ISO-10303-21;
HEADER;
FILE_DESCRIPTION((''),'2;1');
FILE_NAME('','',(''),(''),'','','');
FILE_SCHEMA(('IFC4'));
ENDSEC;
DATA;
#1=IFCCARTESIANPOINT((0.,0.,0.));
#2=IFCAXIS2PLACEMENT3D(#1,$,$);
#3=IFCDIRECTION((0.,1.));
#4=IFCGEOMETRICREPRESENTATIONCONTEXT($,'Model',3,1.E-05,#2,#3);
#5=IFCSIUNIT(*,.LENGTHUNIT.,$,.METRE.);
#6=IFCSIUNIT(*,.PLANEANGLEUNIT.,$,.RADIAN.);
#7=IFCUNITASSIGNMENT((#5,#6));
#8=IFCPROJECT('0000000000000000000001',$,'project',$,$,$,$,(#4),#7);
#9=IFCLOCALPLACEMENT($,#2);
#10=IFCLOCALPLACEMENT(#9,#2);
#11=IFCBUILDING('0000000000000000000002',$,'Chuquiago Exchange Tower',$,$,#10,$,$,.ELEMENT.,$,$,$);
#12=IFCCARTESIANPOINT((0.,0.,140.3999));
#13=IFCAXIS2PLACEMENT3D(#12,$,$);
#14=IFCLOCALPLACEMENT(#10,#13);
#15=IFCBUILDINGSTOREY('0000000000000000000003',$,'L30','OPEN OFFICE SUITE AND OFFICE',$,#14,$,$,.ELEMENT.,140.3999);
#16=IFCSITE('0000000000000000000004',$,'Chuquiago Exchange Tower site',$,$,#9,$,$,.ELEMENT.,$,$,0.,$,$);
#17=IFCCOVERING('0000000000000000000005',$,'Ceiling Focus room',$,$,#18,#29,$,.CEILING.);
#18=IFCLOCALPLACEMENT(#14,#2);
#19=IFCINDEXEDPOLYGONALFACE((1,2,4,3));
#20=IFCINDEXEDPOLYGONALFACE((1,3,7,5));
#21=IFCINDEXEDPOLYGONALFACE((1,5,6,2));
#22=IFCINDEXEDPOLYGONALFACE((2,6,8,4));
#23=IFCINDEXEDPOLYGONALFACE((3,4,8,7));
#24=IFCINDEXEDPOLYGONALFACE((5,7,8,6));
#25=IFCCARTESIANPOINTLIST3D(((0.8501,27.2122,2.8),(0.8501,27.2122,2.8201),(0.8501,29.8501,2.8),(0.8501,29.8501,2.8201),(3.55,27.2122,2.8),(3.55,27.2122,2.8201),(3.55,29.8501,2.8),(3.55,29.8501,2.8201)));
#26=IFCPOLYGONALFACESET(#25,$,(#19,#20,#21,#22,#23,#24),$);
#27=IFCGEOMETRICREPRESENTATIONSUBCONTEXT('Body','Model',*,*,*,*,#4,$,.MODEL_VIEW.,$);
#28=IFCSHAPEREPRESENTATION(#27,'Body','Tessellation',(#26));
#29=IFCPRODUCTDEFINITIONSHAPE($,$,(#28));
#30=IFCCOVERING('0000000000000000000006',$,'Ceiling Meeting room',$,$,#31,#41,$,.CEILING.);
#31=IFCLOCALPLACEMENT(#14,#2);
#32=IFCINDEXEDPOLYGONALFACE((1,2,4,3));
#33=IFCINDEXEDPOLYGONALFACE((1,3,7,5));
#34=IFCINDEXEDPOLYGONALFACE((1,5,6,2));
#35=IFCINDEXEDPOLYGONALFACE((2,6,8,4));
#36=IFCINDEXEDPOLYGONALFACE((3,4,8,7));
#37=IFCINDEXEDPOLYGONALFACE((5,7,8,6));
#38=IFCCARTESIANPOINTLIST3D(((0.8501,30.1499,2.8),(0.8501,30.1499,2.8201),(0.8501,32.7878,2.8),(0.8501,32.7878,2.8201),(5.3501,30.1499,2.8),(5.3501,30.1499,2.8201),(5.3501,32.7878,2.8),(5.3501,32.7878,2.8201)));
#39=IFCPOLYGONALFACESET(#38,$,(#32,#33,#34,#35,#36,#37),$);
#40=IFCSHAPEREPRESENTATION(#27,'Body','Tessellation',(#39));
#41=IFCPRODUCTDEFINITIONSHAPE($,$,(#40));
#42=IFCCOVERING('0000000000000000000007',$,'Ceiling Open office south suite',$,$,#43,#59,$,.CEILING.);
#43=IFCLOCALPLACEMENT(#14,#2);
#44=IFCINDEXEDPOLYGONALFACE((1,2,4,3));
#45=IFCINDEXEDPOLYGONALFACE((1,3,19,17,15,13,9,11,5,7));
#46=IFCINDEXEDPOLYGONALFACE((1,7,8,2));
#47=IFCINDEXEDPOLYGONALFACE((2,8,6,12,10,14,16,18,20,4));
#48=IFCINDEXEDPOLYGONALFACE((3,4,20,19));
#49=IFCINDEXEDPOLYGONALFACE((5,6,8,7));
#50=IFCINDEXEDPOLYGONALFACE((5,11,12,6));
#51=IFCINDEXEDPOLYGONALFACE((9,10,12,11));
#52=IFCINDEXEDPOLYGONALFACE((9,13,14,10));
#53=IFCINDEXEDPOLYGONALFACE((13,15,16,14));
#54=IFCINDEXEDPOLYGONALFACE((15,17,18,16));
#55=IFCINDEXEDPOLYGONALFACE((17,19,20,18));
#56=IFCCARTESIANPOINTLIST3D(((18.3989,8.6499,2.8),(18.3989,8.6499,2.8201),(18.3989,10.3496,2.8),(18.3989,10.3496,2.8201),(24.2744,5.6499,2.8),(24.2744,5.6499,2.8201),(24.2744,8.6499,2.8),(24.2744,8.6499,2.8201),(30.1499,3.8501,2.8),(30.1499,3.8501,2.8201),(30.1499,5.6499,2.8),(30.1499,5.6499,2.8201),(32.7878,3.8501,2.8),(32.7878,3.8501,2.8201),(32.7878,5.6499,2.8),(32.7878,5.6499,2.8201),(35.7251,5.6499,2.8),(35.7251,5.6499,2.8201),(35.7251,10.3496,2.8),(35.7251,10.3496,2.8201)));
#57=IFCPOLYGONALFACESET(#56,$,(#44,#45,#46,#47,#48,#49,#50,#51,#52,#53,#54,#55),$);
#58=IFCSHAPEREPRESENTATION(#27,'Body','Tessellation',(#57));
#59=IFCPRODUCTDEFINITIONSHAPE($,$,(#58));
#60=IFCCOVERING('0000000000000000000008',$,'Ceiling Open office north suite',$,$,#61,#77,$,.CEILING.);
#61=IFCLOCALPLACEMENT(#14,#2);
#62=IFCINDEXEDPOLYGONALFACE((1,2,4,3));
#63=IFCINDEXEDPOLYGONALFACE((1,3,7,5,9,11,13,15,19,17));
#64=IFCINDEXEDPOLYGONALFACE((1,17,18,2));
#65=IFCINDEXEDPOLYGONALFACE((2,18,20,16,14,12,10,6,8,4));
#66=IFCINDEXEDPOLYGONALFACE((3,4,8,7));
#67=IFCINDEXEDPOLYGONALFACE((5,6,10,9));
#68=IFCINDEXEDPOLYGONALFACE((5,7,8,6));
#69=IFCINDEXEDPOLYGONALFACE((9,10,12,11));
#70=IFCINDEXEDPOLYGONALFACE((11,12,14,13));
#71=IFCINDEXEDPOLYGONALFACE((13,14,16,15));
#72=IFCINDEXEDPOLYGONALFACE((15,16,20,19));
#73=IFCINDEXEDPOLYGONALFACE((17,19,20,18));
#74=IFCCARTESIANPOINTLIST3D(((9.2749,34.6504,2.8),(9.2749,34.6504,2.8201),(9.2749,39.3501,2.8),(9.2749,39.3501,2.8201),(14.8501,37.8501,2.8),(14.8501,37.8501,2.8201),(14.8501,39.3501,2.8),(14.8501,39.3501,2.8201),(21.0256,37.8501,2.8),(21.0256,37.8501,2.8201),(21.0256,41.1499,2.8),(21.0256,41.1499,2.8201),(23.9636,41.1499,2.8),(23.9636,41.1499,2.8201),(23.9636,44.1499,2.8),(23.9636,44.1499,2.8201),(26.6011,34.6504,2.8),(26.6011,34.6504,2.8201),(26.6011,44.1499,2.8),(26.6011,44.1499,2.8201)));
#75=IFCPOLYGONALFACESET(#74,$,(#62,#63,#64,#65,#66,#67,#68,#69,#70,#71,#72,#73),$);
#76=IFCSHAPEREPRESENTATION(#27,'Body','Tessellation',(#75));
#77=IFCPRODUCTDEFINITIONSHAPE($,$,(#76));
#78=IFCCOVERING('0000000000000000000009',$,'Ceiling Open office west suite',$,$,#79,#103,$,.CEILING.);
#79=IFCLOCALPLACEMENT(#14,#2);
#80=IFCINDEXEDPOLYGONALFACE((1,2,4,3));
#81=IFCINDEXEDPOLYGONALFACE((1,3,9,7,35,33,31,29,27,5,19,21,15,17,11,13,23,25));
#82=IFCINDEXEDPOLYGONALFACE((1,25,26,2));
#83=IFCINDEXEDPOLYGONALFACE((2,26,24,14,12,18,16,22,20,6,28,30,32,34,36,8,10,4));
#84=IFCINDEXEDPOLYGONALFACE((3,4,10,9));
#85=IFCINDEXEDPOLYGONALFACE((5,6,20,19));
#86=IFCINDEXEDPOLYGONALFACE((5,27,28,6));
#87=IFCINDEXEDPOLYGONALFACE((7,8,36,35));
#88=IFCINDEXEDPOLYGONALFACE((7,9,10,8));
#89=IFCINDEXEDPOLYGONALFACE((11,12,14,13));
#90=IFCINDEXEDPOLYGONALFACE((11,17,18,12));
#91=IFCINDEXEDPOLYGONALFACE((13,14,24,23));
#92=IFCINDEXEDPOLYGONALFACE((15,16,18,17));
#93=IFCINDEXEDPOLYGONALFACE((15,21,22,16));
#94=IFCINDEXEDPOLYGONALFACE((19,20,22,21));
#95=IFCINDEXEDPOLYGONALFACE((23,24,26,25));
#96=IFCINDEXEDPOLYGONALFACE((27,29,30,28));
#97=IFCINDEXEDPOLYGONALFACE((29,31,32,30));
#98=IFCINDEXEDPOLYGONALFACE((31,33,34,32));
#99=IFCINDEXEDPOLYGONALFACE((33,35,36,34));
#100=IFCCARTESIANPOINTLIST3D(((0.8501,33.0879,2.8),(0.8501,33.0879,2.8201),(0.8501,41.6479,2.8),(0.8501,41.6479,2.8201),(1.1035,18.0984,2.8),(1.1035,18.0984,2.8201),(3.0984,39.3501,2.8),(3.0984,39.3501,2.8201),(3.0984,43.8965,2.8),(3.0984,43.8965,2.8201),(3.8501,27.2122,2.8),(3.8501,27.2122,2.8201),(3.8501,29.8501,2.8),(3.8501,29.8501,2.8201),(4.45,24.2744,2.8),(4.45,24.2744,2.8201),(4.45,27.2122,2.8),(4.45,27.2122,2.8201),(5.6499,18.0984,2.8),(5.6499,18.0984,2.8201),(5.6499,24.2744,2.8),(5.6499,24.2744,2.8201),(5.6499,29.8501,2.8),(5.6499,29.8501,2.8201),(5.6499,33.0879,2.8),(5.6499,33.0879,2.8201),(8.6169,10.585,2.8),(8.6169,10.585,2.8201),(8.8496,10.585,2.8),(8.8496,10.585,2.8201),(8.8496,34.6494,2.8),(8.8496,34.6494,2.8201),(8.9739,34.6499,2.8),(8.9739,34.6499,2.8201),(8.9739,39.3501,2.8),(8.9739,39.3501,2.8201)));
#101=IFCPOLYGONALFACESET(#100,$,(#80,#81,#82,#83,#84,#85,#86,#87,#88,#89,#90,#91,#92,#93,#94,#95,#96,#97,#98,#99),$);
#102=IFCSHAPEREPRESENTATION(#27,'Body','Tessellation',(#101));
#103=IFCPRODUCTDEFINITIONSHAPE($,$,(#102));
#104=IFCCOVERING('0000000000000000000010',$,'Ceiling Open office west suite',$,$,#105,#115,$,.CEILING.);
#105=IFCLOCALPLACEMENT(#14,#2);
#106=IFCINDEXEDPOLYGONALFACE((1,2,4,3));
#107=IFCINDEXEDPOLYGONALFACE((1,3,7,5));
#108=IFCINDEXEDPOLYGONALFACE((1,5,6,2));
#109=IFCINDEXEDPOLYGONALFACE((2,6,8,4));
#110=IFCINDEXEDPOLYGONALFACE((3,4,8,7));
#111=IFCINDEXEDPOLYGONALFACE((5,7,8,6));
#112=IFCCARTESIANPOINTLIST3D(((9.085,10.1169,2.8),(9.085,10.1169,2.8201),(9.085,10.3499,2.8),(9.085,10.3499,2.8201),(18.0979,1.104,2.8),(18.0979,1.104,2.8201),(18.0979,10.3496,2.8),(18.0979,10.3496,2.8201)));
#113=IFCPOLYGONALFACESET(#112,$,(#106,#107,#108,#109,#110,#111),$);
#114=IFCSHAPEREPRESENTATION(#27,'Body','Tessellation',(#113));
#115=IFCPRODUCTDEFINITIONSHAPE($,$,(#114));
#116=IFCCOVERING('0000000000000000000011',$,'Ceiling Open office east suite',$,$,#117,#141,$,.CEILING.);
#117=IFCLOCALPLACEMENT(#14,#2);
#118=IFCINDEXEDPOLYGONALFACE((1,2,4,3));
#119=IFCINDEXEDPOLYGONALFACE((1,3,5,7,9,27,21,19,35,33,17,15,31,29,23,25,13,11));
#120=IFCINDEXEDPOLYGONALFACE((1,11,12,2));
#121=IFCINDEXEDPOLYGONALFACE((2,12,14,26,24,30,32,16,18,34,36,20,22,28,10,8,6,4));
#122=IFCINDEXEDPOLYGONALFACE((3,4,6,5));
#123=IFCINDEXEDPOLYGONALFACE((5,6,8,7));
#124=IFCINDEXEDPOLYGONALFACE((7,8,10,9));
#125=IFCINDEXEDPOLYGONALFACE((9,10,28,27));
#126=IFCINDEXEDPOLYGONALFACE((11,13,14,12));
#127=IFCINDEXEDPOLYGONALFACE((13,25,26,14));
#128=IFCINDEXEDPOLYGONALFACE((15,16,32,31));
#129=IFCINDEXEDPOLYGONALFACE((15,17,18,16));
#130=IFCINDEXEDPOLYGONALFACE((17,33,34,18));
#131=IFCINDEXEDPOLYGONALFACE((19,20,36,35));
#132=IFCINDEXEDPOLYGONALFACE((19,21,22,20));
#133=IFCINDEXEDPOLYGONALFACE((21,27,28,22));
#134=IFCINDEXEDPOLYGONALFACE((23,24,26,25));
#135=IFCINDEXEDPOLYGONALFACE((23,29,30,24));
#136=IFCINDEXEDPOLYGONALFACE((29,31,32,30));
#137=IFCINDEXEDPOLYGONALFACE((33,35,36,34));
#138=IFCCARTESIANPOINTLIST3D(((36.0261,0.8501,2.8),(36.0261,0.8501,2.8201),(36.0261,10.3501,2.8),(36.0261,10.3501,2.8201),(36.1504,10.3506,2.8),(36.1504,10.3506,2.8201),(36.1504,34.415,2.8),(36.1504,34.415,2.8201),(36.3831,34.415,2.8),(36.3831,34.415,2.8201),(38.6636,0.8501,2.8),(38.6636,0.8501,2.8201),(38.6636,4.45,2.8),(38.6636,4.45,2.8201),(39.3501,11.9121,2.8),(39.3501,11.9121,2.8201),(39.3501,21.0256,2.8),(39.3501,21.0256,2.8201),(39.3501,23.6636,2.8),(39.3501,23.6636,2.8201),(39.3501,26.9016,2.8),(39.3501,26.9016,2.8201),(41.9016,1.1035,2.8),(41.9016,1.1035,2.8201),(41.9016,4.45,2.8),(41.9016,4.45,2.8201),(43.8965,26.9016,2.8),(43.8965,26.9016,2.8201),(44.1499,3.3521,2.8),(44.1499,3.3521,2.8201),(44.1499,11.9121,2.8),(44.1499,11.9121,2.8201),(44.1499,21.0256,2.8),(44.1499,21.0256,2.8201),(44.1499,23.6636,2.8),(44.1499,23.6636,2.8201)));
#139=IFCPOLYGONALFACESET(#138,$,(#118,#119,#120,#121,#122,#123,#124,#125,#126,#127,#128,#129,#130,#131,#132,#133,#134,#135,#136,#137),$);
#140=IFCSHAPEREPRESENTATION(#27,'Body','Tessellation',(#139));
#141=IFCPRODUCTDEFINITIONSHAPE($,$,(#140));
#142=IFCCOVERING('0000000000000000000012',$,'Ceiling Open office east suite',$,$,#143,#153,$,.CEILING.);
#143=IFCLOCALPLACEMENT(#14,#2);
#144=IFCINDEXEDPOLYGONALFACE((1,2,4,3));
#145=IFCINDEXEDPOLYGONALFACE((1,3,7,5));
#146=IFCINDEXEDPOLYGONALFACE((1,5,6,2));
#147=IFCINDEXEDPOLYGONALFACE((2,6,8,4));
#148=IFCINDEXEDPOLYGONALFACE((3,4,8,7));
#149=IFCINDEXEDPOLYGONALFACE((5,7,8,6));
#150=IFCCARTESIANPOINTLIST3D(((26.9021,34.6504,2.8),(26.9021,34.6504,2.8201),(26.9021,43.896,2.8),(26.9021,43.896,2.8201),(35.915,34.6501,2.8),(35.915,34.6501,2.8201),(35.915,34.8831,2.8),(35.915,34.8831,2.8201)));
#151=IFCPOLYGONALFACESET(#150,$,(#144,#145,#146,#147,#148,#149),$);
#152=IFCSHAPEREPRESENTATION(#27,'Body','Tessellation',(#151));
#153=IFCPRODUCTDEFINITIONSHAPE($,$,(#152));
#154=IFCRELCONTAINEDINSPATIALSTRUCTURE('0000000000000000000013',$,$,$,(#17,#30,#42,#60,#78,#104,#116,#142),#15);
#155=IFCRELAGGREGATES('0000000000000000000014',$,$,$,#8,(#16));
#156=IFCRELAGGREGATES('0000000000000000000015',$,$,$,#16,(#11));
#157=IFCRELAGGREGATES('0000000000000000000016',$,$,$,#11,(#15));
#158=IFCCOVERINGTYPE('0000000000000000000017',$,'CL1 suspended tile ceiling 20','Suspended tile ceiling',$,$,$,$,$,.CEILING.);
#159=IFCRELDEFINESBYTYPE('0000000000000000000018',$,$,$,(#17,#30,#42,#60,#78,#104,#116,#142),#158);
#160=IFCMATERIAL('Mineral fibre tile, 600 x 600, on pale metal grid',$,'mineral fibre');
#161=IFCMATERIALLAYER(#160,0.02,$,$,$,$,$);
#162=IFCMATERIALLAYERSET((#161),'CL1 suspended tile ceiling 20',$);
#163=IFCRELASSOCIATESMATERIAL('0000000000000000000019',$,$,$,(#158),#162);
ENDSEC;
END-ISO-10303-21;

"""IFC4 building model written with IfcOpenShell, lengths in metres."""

from ifc_helpers import new_model, si_unit, direction, frame, origin, place, context, subcontext, project, spatial, polyline, outline, extrude, material, layer, layer_set, type_object, element, save


model = new_model("IFC4")

# Units and contexts
model_context = context("Model", 3, precision=1e-05, world=origin(), true_north=direction((0.0, 1.0)))
body_context = subcontext(model_context, "Body", "Model", "MODEL_VIEW")
ifc_project = project(units=[si_unit("LENGTHUNIT", "METRE"), si_unit("PLANEANGLEUNIT", "RADIAN")], contexts=[model_context])

# Site, building, storey
site_placement = place(None, origin())
site = spatial("IfcSite", under=ifc_project, at=site_placement, Name="Chuquiago Exchange Tower site", CompositionType="ELEMENT", RefElevation=0.0)
building_placement = place(site_placement, origin())
building = spatial("IfcBuilding", under=site, at=building_placement, Name="Chuquiago Exchange Tower", CompositionType="ELEMENT")
storey_placement = place(building_placement, frame((0.0, 0.0, 140.3999)))
storey = spatial("IfcBuildingStorey", under=building, at=storey_placement, Name="L30", Description="OPEN OFFICE SUITE AND OFFICE", CompositionType="ELEMENT", Elevation=140.3999)

# Coverings
ifc_material_1 = material(Name="Mineral fibre tile, 600 x 600, on pale metal grid", Category="mineral fibre")
ifc_layer_1 = layer(ifc_material_1, 0.02)
ifc_layer_set_1 = layer_set([ifc_layer_1], Name="CL1 suspended tile ceiling 20")
covering_type_1 = type_object("IfcCoveringType", Name="CL1 suspended tile ceiling 20", Description="Suspended tile ceiling", PredefinedType="CEILING", material=ifc_layer_set_1)
covering_1_placement = place(storey_placement, frame((0.0, 0.0, 2.8)))
element("IfcCovering", 1, at=covering_1_placement, inside=storey, type_object=covering_type_1, Name="Ceiling Focus room", PredefinedType="CEILING", context=body_context, shape_type="SweptSolid", body=[
    extrude(outline(polyline([(3.55, 29.8501), (3.55, 27.2122), (0.8501, 27.2122), (0.8501, 29.8501), (3.55, 29.8501)])), origin(), (0.0, 0.0, 1.0), 0.02),
])
covering_2_placement = place(storey_placement, frame((0.0, 0.0, 2.8)))
element("IfcCovering", 2, at=covering_2_placement, inside=storey, type_object=covering_type_1, Name="Ceiling Meeting room", PredefinedType="CEILING", context=body_context, shape_type="SweptSolid", body=[
    extrude(outline(polyline([(5.3501, 32.7878), (5.3501, 30.1499), (0.8501, 30.1499), (0.8501, 32.7878), (5.3501, 32.7878)])), origin(), (0.0, 0.0, 1.0), 0.02),
])
covering_3_placement = place(storey_placement, frame((0.0, 0.0, 2.8)))
element("IfcCovering", 3, at=covering_3_placement, inside=storey, type_object=covering_type_1, Name="Ceiling Open office south suite", PredefinedType="CEILING", context=body_context, shape_type="SweptSolid", body=[
    extrude(outline(polyline([(32.7878, 3.8501), (30.1499, 3.8501), (30.1499, 5.6499), (24.2744, 5.6499), (24.2744, 8.6499), (18.3989, 8.6499), (18.3989, 10.3496), (35.7251, 10.3496), (35.7251, 5.6499), (32.7878, 5.6499), (32.7878, 3.8501)])), origin(), (0.0, 0.0, 1.0), 0.02),
])
covering_4_placement = place(storey_placement, frame((0.0, 0.0, 2.8)))
element("IfcCovering", 4, at=covering_4_placement, inside=storey, type_object=covering_type_1, Name="Ceiling Open office north suite", PredefinedType="CEILING", context=body_context, shape_type="SweptSolid", body=[
    extrude(outline(polyline([(14.8501, 39.3501), (14.8501, 37.8501), (21.0256, 37.8501), (21.0256, 41.1499), (23.9636, 41.1499), (23.9636, 44.1499), (26.6011, 44.1499), (26.6011, 34.6504), (9.2749, 34.6504), (9.2749, 39.3501), (14.8501, 39.3501)])), origin(), (0.0, 0.0, 1.0), 0.02),
])
covering_5_placement = place(storey_placement, frame((0.0, 0.0, 2.8)))
element("IfcCovering", 5, at=covering_5_placement, inside=storey, type_object=covering_type_1, Name="Ceiling Open office west suite", PredefinedType="CEILING", context=body_context, shape_type="SweptSolid", body=[
    extrude(outline(polyline([(3.0984, 39.3501), (8.9739, 39.3501), (8.9739, 34.6499), (8.8496, 34.6494), (8.8496, 10.585), (8.6169, 10.585), (1.1035, 18.0984), (5.6499, 18.0984), (5.6499, 24.2744), (4.45, 24.2744), (4.45, 27.2122), (3.8501, 27.2122), (3.8501, 29.8501), (5.6499, 29.8501), (5.6499, 33.0879), (0.8501, 33.0879), (0.8501, 41.6479), (3.0984, 43.8965), (3.0984, 39.3501)])), origin(), (0.0, 0.0, 1.0), 0.02),
])
covering_6_placement = place(storey_placement, frame((0.0, 0.0, 2.8)))
element("IfcCovering", 6, at=covering_6_placement, inside=storey, type_object=covering_type_1, Name="Ceiling Open office west suite", PredefinedType="CEILING", context=body_context, shape_type="SweptSolid", body=[
    extrude(outline(polyline([(18.0979, 10.3496), (18.0979, 1.104), (9.085, 10.1169), (9.085, 10.3499), (18.0979, 10.3496)])), origin(), (0.0, 0.0, 1.0), 0.02),
])
covering_7_placement = place(storey_placement, frame((0.0, 0.0, 2.8)))
element("IfcCovering", 7, at=covering_7_placement, inside=storey, type_object=covering_type_1, Name="Ceiling Open office east suite", PredefinedType="CEILING", context=body_context, shape_type="SweptSolid", body=[
    extrude(outline(polyline([(36.1504, 10.3506), (36.1504, 34.415), (36.3831, 34.415), (43.8965, 26.9016), (39.3501, 26.9016), (39.3501, 23.6636), (44.1499, 23.6636), (44.1499, 21.0256), (39.3501, 21.0256), (39.3501, 11.9121), (44.1499, 11.9121), (44.1499, 3.3521), (41.9016, 1.1035), (41.9016, 4.45), (38.6636, 4.45), (38.6636, 0.8501), (36.0261, 0.8501), (36.0261, 10.3501), (36.1504, 10.3506)])), origin(), (0.0, 0.0, 1.0), 0.02),
])
covering_8_placement = place(storey_placement, frame((0.0, 0.0, 2.8)))
element("IfcCovering", 8, at=covering_8_placement, inside=storey, type_object=covering_type_1, Name="Ceiling Open office east suite", PredefinedType="CEILING", context=body_context, shape_type="SweptSolid", body=[
    extrude(outline(polyline([(26.9021, 34.6504), (26.9021, 43.896), (35.915, 34.8831), (35.915, 34.6501), (26.9021, 34.6504)])), origin(), (0.0, 0.0, 1.0), 0.02),
])

save(model, "model.ifc")
